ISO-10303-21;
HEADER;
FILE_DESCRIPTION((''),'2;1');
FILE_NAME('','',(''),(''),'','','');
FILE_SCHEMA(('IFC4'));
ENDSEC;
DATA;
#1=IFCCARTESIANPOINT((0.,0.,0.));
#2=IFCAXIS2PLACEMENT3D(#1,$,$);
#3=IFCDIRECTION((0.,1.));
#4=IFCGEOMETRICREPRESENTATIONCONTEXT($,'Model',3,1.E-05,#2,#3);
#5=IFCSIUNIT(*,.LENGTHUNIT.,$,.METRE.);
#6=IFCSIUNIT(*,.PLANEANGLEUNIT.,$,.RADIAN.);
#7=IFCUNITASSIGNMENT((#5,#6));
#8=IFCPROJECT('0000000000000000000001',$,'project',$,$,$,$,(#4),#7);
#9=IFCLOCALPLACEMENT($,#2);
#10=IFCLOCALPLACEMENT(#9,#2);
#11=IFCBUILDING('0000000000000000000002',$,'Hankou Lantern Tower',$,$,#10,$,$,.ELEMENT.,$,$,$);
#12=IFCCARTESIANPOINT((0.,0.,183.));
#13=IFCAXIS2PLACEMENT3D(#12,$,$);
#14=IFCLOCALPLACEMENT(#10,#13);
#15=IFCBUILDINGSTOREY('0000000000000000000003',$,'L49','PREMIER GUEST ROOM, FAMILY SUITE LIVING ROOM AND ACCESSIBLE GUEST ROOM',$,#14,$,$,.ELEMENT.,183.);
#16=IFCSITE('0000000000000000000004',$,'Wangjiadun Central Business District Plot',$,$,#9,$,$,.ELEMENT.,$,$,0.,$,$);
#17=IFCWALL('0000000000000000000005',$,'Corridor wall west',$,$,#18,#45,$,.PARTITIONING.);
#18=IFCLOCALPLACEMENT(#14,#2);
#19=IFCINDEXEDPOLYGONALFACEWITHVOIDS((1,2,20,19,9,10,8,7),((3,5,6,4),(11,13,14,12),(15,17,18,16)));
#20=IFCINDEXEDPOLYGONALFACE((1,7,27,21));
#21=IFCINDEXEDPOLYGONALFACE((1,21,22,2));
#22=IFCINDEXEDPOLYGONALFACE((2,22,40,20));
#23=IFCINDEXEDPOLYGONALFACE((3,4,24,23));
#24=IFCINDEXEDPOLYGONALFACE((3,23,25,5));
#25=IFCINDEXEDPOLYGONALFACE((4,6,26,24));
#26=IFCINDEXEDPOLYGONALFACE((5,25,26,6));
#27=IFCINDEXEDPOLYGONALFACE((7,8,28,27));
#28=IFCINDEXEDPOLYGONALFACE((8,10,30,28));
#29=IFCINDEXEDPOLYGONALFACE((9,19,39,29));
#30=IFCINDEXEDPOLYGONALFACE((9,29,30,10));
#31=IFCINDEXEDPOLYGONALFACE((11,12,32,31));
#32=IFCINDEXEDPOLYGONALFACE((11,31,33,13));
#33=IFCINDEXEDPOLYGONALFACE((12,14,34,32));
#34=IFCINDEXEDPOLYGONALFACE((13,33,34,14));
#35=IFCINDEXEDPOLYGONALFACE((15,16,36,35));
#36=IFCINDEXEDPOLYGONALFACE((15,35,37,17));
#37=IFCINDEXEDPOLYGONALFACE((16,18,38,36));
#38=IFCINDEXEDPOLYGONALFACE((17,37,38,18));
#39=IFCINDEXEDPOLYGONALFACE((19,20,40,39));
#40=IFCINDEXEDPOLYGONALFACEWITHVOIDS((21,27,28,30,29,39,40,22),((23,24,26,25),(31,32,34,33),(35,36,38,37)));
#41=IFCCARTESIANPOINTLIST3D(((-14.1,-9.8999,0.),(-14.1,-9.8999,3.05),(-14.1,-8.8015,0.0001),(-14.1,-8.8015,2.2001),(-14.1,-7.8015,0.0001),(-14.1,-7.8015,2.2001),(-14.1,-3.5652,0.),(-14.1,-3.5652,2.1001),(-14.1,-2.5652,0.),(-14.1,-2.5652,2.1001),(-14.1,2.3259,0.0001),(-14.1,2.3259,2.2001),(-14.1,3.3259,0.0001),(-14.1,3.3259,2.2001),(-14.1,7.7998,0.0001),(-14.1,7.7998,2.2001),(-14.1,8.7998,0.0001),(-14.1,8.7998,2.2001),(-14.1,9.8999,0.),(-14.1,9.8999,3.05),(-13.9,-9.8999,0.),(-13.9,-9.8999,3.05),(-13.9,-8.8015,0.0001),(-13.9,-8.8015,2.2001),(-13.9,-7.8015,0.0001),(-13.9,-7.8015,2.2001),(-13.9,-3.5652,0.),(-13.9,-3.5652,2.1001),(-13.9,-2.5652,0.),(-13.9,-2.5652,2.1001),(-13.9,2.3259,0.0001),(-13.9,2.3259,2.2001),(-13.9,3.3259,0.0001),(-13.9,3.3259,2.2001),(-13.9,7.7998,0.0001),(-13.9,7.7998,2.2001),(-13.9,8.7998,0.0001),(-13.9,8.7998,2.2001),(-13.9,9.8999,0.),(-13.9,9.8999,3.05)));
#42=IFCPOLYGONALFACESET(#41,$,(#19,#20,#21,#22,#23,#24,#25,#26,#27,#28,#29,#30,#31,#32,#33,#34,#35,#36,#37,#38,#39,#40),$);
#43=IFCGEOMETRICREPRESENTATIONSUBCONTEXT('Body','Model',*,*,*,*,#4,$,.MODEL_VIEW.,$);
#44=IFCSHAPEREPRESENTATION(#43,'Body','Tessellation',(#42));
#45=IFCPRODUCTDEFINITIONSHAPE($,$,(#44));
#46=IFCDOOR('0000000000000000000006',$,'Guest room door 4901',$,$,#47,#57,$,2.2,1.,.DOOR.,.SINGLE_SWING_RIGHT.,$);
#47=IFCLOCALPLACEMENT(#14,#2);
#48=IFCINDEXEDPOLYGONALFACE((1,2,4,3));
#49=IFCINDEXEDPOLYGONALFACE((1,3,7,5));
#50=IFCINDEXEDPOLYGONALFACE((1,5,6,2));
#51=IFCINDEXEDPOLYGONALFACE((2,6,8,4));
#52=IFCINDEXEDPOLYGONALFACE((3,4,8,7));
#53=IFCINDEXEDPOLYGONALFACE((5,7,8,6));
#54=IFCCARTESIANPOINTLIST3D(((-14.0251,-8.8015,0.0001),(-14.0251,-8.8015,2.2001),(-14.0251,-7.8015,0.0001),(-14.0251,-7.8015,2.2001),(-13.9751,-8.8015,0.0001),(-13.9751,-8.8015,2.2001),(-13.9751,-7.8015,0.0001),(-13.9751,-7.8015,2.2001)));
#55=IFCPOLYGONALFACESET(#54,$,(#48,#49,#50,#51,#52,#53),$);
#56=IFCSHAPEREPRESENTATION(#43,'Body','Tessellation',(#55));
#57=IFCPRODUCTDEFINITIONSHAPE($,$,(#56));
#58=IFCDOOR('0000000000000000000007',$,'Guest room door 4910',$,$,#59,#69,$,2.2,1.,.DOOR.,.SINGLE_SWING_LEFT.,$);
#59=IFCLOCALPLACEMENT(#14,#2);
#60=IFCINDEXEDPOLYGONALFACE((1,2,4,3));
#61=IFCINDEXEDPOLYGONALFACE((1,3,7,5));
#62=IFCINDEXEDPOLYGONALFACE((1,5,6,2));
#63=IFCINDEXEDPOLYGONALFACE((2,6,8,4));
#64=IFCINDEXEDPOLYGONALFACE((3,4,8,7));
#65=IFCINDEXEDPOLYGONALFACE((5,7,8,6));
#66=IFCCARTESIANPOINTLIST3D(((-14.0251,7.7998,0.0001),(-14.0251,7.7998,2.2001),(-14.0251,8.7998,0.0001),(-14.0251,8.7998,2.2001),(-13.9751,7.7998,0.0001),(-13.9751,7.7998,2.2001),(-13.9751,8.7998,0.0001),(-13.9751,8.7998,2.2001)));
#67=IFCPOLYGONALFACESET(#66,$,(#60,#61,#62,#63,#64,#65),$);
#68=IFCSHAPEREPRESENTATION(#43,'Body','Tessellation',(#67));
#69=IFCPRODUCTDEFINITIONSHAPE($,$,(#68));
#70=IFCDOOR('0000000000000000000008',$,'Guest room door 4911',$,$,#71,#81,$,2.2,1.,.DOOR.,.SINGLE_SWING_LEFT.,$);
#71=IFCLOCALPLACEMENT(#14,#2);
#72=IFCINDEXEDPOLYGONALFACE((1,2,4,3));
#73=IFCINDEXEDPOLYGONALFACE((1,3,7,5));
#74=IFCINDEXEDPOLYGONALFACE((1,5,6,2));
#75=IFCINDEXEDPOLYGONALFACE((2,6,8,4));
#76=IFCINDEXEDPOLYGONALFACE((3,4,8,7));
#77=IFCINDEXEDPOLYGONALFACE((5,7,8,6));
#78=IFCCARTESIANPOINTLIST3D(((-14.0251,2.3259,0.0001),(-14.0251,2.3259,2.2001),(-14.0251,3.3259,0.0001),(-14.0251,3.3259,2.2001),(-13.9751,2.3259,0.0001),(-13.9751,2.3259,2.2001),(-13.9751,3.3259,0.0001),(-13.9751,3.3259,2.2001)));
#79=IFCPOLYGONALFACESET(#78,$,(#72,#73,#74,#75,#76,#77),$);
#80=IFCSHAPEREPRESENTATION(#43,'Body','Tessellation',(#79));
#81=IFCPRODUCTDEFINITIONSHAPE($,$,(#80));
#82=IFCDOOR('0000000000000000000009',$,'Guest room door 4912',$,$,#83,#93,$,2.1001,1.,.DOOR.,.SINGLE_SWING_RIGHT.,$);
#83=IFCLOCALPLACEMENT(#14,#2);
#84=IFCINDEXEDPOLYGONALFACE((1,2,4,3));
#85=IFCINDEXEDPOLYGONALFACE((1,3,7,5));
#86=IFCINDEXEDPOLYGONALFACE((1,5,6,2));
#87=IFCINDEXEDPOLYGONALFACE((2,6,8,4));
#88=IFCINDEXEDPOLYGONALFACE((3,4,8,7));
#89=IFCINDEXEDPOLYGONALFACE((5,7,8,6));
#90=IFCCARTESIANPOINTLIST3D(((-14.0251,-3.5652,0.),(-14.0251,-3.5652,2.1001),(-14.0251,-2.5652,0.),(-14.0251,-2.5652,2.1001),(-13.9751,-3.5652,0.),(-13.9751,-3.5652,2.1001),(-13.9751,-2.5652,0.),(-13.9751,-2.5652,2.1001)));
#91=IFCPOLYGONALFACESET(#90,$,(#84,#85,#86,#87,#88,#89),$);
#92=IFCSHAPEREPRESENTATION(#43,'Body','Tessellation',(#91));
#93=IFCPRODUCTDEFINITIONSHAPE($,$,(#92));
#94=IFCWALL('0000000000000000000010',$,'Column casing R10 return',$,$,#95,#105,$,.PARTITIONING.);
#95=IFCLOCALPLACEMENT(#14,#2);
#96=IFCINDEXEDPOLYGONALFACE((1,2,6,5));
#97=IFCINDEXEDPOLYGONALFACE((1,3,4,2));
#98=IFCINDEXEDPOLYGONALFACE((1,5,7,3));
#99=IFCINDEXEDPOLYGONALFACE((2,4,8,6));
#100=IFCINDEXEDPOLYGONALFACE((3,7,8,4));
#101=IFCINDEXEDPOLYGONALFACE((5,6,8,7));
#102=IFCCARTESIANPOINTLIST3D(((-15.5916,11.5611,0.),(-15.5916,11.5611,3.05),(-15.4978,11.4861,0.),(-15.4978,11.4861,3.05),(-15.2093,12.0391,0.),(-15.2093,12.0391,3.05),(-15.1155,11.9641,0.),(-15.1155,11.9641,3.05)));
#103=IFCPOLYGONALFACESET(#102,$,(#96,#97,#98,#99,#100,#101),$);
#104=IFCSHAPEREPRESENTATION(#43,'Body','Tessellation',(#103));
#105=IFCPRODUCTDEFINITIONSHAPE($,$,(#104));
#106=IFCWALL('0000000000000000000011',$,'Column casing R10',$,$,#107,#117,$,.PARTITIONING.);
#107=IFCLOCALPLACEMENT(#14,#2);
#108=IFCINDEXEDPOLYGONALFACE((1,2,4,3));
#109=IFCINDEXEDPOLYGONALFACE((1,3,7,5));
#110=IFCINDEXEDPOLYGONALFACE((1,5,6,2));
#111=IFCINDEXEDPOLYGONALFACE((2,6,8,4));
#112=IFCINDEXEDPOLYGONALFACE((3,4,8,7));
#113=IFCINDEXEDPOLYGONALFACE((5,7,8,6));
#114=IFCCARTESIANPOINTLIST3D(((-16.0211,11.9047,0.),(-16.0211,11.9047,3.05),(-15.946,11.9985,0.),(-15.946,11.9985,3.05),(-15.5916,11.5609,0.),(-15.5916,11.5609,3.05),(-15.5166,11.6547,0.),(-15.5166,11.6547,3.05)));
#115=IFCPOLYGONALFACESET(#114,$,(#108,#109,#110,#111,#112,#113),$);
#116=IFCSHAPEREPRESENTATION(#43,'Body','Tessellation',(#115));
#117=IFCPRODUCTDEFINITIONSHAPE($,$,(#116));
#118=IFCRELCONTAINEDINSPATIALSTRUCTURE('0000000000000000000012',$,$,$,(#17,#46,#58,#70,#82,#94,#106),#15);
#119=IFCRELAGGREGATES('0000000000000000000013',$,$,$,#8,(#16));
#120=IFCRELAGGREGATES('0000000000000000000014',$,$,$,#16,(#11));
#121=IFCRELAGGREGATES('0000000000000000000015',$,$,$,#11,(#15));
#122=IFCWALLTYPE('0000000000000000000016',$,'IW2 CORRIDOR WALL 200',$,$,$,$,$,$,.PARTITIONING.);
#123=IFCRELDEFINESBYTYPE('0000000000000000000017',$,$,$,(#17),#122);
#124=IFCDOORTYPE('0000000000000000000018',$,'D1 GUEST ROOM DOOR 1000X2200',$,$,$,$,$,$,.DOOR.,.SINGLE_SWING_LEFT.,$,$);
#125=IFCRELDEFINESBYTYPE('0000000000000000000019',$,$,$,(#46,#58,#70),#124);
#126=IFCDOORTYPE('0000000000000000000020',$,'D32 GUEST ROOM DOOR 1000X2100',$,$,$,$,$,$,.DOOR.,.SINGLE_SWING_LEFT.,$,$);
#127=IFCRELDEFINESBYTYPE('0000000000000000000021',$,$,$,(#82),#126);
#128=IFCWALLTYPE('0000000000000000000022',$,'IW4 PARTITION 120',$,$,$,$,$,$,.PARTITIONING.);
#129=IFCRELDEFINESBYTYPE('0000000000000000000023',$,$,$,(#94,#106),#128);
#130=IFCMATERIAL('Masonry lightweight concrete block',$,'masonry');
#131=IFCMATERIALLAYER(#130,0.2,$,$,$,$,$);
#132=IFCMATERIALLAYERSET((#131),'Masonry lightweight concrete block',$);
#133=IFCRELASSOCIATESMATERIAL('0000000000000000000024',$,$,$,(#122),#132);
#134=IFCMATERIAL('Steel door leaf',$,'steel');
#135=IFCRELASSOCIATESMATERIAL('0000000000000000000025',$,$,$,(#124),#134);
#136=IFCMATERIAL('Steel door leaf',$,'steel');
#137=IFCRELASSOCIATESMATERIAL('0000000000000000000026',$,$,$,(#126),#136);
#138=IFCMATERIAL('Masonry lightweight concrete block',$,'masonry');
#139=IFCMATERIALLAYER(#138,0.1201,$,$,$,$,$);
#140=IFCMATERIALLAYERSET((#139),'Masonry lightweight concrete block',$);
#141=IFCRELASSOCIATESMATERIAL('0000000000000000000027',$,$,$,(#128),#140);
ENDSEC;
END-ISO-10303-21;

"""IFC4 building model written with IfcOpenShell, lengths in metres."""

from ifc_helpers import new_model, si_unit, direction, frame, frame_2d, origin, place, context, subcontext, project, spatial, rectangle, extrude, material, layer, layer_set, type_object, element, fill, save


model = new_model("IFC4")

# Units and contexts
model_context = context("Model", 3, precision=1e-05, world=origin(), true_north=direction((0.0, 1.0)))
body_context = subcontext(model_context, "Body", "Model", "MODEL_VIEW")
ifc_project = project(units=[si_unit("LENGTHUNIT", "METRE"), si_unit("PLANEANGLEUNIT", "RADIAN")], contexts=[model_context])

# Site, building, storey
site_placement = place(None, origin())
site = spatial("IfcSite", under=ifc_project, at=site_placement, Name="Wangjiadun Central Business District Plot", CompositionType="ELEMENT", RefElevation=0.0)
building_placement = place(site_placement, origin())
building = spatial("IfcBuilding", under=site, at=building_placement, Name="Hankou Lantern Tower", CompositionType="ELEMENT")
storey_placement = place(building_placement, frame((0.0, 0.0, 183.0)))
storey = spatial("IfcBuildingStorey", under=building, at=storey_placement, Name="L49", Description="PREMIER GUEST ROOM, FAMILY SUITE LIVING ROOM AND ACCESSIBLE GUEST ROOM", CompositionType="ELEMENT", Elevation=183.0)

# Wall, openings, doors
ifc_material_1 = material(Name="Masonry lightweight concrete block", Category="masonry")
ifc_layer_1 = layer(ifc_material_1, 0.2)
ifc_layer_set_1 = layer_set([ifc_layer_1], Name="Masonry lightweight concrete block")
wall_type_1 = type_object("IfcWallType", Name="IW2 CORRIDOR WALL 200", PredefinedType="PARTITIONING", material=ifc_layer_set_1)
ifc_material_2 = material(Name="Steel door leaf", Category="steel")
door_type_1 = type_object("IfcDoorType", Name="D1 GUEST ROOM DOOR 1000X2200", OperationType="SINGLE_SWING_LEFT", PredefinedType="DOOR", material=ifc_material_2)
wall_1_placement = place(storey_placement, frame((-14.0, 9.8999, 0.0), z_axis=(0.0, 0.0, 1.0), x_axis=(0.0, -1.0, 0.0)))
wall_1 = element("IfcWall", 1, at=wall_1_placement, inside=storey, type_object=wall_type_1, Name="Corridor wall west", PredefinedType="PARTITIONING", context=body_context, shape_type="SweptSolid", body=[
    extrude(rectangle(XDim=19.7998, YDim=0.2, at=frame_2d((9.8999, 0.0))), origin(), (0.0, 0.0, 1.0), 3.05),
])
opening_1_placement = place(wall_1_placement, frame((17.7014, 0.0, 0.0)))
opening_1 = element("IfcOpeningElement", 2, at=opening_1_placement, cuts=wall_1, PredefinedType="OPENING", context=body_context, shape_type="SweptSolid", body=[
    extrude(rectangle(XDim=1.0, YDim=2.2, at=frame_2d((0.5, 1.1001))), frame((0.0, 0.1099, 0.0), z_axis=(0.0, -1.0, 0.0), x_axis=(1.0, 0.0, 0.0)), (0.0, 0.0, 1.0), 0.22),
])
opening_2_placement = place(wall_1_placement, frame((1.1001, 0.0, 0.0)))
opening_2 = element("IfcOpeningElement", 3, at=opening_2_placement, cuts=wall_1, PredefinedType="OPENING", context=body_context, shape_type="SweptSolid", body=[
    extrude(rectangle(XDim=1.0, YDim=2.2, at=frame_2d((0.5, 1.1001))), frame((0.0, 0.1099, 0.0), z_axis=(0.0, -1.0, 0.0), x_axis=(1.0, 0.0, 0.0)), (0.0, 0.0, 1.0), 0.22),
])
opening_3_placement = place(wall_1_placement, frame((6.574, 0.0, 0.0)))
opening_3 = element("IfcOpeningElement", 4, at=opening_3_placement, cuts=wall_1, PredefinedType="OPENING", context=body_context, shape_type="SweptSolid", body=[
    extrude(rectangle(XDim=1.0, YDim=2.2, at=frame_2d((0.5, 1.1001))), frame((0.0, 0.1099, 0.0), z_axis=(0.0, -1.0, 0.0), x_axis=(1.0, 0.0, 0.0)), (0.0, 0.0, 1.0), 0.22),
])
opening_4_placement = place(wall_1_placement, frame((12.4651, 0.0, 0.0)))
opening_4 = element("IfcOpeningElement", 5, at=opening_4_placement, cuts=wall_1, PredefinedType="OPENING", context=body_context, shape_type="SweptSolid", body=[
    extrude(rectangle(XDim=1.0, YDim=2.1001, at=frame_2d((0.5, 1.05))), frame((0.0, 0.1099, 0.0), z_axis=(0.0, -1.0, 0.0), x_axis=(1.0, 0.0, 0.0)), (0.0, 0.0, 1.0), 0.22),
])
door_1_placement = place(opening_1_placement, origin())
door_1 = element("IfcDoor", 6, at=door_1_placement, inside=storey, type_object=door_type_1, Name="Guest room door 4901", OperationType="SINGLE_SWING_RIGHT", OverallHeight=2.2, OverallWidth=1.0, PredefinedType="DOOR", context=body_context, shape_type="SweptSolid", body=[
    extrude(rectangle(XDim=1.0, YDim=2.2, at=frame_2d((0.5, 1.1001))), frame((0.0, 0.0249, 0.0), z_axis=(0.0, -1.0, 0.0), x_axis=(1.0, 0.0, 0.0)), (0.0, 0.0, 1.0), 0.05),
])
fill(opening_1, door_1)
door_2_placement = place(opening_2_placement, origin())
door_2 = element("IfcDoor", 7, at=door_2_placement, inside=storey, type_object=door_type_1, Name="Guest room door 4910", OperationType="SINGLE_SWING_LEFT", OverallHeight=2.2, OverallWidth=1.0, PredefinedType="DOOR", context=body_context, shape_type="SweptSolid", body=[
    extrude(rectangle(XDim=1.0, YDim=2.2, at=frame_2d((0.5, 1.1001))), frame((0.0, 0.0249, 0.0), z_axis=(0.0, -1.0, 0.0), x_axis=(1.0, 0.0, 0.0)), (0.0, 0.0, 1.0), 0.05),
])
fill(opening_2, door_2)
door_3_placement = place(opening_3_placement, origin())
door_3 = element("IfcDoor", 8, at=door_3_placement, inside=storey, type_object=door_type_1, Name="Guest room door 4911", OperationType="SINGLE_SWING_LEFT", OverallHeight=2.2, OverallWidth=1.0, PredefinedType="DOOR", context=body_context, shape_type="SweptSolid", body=[
    extrude(rectangle(XDim=1.0, YDim=2.2, at=frame_2d((0.5, 1.1001))), frame((0.0, 0.0249, 0.0), z_axis=(0.0, -1.0, 0.0), x_axis=(1.0, 0.0, 0.0)), (0.0, 0.0, 1.0), 0.05),
])
fill(opening_3, door_3)
ifc_material_3 = material(Name="Steel door leaf", Category="steel")
door_type_2 = type_object("IfcDoorType", Name="D32 GUEST ROOM DOOR 1000X2100", OperationType="SINGLE_SWING_LEFT", PredefinedType="DOOR", material=ifc_material_3)
door_4_placement = place(opening_4_placement, origin())
door_4 = element("IfcDoor", 9, at=door_4_placement, inside=storey, type_object=door_type_2, Name="Guest room door 4912", OperationType="SINGLE_SWING_RIGHT", OverallHeight=2.1001, OverallWidth=1.0, PredefinedType="DOOR", context=body_context, shape_type="SweptSolid", body=[
    extrude(rectangle(XDim=1.0, YDim=2.1001, at=frame_2d((0.5, 1.05))), frame((0.0, 0.0249, 0.0), z_axis=(0.0, -1.0, 0.0), x_axis=(1.0, 0.0, 0.0)), (0.0, 0.0, 1.0), 0.05),
])
fill(opening_4, door_4)

# Walls
ifc_material_4 = material(Name="Masonry lightweight concrete block", Category="masonry")
ifc_layer_2 = layer(ifc_material_4, 0.1201)
ifc_layer_set_2 = layer_set([ifc_layer_2], Name="Masonry lightweight concrete block")
wall_type_2 = type_object("IfcWallType", Name="IW4 PARTITION 120", PredefinedType="PARTITIONING", material=ifc_layer_set_2)
wall_2_placement = place(storey_placement, frame((-15.1624, 12.0017, 0.0), z_axis=(0.0, 0.0, 1.0), x_axis=(-0.624598, -0.780947, 0.0)))
element("IfcWall", 10, at=wall_2_placement, inside=storey, type_object=wall_type_2, Name="Column casing R10 return", PredefinedType="PARTITIONING", context=body_context, shape_type="SweptSolid", body=[
    extrude(rectangle(XDim=0.6121, YDim=0.1201, at=frame_2d((0.3062, 0.0))), origin(), (0.0, 0.0, 1.0), 3.05),
])
wall_3_placement = place(storey_placement, frame((-15.5542, 11.6079, 0.0), z_axis=(0.0, 0.0, 1.0), x_axis=(-0.780696, 0.624912, 0.0)))
element("IfcWall", 11, at=wall_3_placement, inside=storey, type_object=wall_type_2, Name="Column casing R10", PredefinedType="PARTITIONING", context=body_context, shape_type="SweptSolid", body=[
    extrude(rectangle(XDim=0.55, YDim=0.1201, at=frame_2d((0.2749, 0.0))), origin(), (0.0, 0.0, 1.0), 3.05),
])

save(model, "model.ifc")
